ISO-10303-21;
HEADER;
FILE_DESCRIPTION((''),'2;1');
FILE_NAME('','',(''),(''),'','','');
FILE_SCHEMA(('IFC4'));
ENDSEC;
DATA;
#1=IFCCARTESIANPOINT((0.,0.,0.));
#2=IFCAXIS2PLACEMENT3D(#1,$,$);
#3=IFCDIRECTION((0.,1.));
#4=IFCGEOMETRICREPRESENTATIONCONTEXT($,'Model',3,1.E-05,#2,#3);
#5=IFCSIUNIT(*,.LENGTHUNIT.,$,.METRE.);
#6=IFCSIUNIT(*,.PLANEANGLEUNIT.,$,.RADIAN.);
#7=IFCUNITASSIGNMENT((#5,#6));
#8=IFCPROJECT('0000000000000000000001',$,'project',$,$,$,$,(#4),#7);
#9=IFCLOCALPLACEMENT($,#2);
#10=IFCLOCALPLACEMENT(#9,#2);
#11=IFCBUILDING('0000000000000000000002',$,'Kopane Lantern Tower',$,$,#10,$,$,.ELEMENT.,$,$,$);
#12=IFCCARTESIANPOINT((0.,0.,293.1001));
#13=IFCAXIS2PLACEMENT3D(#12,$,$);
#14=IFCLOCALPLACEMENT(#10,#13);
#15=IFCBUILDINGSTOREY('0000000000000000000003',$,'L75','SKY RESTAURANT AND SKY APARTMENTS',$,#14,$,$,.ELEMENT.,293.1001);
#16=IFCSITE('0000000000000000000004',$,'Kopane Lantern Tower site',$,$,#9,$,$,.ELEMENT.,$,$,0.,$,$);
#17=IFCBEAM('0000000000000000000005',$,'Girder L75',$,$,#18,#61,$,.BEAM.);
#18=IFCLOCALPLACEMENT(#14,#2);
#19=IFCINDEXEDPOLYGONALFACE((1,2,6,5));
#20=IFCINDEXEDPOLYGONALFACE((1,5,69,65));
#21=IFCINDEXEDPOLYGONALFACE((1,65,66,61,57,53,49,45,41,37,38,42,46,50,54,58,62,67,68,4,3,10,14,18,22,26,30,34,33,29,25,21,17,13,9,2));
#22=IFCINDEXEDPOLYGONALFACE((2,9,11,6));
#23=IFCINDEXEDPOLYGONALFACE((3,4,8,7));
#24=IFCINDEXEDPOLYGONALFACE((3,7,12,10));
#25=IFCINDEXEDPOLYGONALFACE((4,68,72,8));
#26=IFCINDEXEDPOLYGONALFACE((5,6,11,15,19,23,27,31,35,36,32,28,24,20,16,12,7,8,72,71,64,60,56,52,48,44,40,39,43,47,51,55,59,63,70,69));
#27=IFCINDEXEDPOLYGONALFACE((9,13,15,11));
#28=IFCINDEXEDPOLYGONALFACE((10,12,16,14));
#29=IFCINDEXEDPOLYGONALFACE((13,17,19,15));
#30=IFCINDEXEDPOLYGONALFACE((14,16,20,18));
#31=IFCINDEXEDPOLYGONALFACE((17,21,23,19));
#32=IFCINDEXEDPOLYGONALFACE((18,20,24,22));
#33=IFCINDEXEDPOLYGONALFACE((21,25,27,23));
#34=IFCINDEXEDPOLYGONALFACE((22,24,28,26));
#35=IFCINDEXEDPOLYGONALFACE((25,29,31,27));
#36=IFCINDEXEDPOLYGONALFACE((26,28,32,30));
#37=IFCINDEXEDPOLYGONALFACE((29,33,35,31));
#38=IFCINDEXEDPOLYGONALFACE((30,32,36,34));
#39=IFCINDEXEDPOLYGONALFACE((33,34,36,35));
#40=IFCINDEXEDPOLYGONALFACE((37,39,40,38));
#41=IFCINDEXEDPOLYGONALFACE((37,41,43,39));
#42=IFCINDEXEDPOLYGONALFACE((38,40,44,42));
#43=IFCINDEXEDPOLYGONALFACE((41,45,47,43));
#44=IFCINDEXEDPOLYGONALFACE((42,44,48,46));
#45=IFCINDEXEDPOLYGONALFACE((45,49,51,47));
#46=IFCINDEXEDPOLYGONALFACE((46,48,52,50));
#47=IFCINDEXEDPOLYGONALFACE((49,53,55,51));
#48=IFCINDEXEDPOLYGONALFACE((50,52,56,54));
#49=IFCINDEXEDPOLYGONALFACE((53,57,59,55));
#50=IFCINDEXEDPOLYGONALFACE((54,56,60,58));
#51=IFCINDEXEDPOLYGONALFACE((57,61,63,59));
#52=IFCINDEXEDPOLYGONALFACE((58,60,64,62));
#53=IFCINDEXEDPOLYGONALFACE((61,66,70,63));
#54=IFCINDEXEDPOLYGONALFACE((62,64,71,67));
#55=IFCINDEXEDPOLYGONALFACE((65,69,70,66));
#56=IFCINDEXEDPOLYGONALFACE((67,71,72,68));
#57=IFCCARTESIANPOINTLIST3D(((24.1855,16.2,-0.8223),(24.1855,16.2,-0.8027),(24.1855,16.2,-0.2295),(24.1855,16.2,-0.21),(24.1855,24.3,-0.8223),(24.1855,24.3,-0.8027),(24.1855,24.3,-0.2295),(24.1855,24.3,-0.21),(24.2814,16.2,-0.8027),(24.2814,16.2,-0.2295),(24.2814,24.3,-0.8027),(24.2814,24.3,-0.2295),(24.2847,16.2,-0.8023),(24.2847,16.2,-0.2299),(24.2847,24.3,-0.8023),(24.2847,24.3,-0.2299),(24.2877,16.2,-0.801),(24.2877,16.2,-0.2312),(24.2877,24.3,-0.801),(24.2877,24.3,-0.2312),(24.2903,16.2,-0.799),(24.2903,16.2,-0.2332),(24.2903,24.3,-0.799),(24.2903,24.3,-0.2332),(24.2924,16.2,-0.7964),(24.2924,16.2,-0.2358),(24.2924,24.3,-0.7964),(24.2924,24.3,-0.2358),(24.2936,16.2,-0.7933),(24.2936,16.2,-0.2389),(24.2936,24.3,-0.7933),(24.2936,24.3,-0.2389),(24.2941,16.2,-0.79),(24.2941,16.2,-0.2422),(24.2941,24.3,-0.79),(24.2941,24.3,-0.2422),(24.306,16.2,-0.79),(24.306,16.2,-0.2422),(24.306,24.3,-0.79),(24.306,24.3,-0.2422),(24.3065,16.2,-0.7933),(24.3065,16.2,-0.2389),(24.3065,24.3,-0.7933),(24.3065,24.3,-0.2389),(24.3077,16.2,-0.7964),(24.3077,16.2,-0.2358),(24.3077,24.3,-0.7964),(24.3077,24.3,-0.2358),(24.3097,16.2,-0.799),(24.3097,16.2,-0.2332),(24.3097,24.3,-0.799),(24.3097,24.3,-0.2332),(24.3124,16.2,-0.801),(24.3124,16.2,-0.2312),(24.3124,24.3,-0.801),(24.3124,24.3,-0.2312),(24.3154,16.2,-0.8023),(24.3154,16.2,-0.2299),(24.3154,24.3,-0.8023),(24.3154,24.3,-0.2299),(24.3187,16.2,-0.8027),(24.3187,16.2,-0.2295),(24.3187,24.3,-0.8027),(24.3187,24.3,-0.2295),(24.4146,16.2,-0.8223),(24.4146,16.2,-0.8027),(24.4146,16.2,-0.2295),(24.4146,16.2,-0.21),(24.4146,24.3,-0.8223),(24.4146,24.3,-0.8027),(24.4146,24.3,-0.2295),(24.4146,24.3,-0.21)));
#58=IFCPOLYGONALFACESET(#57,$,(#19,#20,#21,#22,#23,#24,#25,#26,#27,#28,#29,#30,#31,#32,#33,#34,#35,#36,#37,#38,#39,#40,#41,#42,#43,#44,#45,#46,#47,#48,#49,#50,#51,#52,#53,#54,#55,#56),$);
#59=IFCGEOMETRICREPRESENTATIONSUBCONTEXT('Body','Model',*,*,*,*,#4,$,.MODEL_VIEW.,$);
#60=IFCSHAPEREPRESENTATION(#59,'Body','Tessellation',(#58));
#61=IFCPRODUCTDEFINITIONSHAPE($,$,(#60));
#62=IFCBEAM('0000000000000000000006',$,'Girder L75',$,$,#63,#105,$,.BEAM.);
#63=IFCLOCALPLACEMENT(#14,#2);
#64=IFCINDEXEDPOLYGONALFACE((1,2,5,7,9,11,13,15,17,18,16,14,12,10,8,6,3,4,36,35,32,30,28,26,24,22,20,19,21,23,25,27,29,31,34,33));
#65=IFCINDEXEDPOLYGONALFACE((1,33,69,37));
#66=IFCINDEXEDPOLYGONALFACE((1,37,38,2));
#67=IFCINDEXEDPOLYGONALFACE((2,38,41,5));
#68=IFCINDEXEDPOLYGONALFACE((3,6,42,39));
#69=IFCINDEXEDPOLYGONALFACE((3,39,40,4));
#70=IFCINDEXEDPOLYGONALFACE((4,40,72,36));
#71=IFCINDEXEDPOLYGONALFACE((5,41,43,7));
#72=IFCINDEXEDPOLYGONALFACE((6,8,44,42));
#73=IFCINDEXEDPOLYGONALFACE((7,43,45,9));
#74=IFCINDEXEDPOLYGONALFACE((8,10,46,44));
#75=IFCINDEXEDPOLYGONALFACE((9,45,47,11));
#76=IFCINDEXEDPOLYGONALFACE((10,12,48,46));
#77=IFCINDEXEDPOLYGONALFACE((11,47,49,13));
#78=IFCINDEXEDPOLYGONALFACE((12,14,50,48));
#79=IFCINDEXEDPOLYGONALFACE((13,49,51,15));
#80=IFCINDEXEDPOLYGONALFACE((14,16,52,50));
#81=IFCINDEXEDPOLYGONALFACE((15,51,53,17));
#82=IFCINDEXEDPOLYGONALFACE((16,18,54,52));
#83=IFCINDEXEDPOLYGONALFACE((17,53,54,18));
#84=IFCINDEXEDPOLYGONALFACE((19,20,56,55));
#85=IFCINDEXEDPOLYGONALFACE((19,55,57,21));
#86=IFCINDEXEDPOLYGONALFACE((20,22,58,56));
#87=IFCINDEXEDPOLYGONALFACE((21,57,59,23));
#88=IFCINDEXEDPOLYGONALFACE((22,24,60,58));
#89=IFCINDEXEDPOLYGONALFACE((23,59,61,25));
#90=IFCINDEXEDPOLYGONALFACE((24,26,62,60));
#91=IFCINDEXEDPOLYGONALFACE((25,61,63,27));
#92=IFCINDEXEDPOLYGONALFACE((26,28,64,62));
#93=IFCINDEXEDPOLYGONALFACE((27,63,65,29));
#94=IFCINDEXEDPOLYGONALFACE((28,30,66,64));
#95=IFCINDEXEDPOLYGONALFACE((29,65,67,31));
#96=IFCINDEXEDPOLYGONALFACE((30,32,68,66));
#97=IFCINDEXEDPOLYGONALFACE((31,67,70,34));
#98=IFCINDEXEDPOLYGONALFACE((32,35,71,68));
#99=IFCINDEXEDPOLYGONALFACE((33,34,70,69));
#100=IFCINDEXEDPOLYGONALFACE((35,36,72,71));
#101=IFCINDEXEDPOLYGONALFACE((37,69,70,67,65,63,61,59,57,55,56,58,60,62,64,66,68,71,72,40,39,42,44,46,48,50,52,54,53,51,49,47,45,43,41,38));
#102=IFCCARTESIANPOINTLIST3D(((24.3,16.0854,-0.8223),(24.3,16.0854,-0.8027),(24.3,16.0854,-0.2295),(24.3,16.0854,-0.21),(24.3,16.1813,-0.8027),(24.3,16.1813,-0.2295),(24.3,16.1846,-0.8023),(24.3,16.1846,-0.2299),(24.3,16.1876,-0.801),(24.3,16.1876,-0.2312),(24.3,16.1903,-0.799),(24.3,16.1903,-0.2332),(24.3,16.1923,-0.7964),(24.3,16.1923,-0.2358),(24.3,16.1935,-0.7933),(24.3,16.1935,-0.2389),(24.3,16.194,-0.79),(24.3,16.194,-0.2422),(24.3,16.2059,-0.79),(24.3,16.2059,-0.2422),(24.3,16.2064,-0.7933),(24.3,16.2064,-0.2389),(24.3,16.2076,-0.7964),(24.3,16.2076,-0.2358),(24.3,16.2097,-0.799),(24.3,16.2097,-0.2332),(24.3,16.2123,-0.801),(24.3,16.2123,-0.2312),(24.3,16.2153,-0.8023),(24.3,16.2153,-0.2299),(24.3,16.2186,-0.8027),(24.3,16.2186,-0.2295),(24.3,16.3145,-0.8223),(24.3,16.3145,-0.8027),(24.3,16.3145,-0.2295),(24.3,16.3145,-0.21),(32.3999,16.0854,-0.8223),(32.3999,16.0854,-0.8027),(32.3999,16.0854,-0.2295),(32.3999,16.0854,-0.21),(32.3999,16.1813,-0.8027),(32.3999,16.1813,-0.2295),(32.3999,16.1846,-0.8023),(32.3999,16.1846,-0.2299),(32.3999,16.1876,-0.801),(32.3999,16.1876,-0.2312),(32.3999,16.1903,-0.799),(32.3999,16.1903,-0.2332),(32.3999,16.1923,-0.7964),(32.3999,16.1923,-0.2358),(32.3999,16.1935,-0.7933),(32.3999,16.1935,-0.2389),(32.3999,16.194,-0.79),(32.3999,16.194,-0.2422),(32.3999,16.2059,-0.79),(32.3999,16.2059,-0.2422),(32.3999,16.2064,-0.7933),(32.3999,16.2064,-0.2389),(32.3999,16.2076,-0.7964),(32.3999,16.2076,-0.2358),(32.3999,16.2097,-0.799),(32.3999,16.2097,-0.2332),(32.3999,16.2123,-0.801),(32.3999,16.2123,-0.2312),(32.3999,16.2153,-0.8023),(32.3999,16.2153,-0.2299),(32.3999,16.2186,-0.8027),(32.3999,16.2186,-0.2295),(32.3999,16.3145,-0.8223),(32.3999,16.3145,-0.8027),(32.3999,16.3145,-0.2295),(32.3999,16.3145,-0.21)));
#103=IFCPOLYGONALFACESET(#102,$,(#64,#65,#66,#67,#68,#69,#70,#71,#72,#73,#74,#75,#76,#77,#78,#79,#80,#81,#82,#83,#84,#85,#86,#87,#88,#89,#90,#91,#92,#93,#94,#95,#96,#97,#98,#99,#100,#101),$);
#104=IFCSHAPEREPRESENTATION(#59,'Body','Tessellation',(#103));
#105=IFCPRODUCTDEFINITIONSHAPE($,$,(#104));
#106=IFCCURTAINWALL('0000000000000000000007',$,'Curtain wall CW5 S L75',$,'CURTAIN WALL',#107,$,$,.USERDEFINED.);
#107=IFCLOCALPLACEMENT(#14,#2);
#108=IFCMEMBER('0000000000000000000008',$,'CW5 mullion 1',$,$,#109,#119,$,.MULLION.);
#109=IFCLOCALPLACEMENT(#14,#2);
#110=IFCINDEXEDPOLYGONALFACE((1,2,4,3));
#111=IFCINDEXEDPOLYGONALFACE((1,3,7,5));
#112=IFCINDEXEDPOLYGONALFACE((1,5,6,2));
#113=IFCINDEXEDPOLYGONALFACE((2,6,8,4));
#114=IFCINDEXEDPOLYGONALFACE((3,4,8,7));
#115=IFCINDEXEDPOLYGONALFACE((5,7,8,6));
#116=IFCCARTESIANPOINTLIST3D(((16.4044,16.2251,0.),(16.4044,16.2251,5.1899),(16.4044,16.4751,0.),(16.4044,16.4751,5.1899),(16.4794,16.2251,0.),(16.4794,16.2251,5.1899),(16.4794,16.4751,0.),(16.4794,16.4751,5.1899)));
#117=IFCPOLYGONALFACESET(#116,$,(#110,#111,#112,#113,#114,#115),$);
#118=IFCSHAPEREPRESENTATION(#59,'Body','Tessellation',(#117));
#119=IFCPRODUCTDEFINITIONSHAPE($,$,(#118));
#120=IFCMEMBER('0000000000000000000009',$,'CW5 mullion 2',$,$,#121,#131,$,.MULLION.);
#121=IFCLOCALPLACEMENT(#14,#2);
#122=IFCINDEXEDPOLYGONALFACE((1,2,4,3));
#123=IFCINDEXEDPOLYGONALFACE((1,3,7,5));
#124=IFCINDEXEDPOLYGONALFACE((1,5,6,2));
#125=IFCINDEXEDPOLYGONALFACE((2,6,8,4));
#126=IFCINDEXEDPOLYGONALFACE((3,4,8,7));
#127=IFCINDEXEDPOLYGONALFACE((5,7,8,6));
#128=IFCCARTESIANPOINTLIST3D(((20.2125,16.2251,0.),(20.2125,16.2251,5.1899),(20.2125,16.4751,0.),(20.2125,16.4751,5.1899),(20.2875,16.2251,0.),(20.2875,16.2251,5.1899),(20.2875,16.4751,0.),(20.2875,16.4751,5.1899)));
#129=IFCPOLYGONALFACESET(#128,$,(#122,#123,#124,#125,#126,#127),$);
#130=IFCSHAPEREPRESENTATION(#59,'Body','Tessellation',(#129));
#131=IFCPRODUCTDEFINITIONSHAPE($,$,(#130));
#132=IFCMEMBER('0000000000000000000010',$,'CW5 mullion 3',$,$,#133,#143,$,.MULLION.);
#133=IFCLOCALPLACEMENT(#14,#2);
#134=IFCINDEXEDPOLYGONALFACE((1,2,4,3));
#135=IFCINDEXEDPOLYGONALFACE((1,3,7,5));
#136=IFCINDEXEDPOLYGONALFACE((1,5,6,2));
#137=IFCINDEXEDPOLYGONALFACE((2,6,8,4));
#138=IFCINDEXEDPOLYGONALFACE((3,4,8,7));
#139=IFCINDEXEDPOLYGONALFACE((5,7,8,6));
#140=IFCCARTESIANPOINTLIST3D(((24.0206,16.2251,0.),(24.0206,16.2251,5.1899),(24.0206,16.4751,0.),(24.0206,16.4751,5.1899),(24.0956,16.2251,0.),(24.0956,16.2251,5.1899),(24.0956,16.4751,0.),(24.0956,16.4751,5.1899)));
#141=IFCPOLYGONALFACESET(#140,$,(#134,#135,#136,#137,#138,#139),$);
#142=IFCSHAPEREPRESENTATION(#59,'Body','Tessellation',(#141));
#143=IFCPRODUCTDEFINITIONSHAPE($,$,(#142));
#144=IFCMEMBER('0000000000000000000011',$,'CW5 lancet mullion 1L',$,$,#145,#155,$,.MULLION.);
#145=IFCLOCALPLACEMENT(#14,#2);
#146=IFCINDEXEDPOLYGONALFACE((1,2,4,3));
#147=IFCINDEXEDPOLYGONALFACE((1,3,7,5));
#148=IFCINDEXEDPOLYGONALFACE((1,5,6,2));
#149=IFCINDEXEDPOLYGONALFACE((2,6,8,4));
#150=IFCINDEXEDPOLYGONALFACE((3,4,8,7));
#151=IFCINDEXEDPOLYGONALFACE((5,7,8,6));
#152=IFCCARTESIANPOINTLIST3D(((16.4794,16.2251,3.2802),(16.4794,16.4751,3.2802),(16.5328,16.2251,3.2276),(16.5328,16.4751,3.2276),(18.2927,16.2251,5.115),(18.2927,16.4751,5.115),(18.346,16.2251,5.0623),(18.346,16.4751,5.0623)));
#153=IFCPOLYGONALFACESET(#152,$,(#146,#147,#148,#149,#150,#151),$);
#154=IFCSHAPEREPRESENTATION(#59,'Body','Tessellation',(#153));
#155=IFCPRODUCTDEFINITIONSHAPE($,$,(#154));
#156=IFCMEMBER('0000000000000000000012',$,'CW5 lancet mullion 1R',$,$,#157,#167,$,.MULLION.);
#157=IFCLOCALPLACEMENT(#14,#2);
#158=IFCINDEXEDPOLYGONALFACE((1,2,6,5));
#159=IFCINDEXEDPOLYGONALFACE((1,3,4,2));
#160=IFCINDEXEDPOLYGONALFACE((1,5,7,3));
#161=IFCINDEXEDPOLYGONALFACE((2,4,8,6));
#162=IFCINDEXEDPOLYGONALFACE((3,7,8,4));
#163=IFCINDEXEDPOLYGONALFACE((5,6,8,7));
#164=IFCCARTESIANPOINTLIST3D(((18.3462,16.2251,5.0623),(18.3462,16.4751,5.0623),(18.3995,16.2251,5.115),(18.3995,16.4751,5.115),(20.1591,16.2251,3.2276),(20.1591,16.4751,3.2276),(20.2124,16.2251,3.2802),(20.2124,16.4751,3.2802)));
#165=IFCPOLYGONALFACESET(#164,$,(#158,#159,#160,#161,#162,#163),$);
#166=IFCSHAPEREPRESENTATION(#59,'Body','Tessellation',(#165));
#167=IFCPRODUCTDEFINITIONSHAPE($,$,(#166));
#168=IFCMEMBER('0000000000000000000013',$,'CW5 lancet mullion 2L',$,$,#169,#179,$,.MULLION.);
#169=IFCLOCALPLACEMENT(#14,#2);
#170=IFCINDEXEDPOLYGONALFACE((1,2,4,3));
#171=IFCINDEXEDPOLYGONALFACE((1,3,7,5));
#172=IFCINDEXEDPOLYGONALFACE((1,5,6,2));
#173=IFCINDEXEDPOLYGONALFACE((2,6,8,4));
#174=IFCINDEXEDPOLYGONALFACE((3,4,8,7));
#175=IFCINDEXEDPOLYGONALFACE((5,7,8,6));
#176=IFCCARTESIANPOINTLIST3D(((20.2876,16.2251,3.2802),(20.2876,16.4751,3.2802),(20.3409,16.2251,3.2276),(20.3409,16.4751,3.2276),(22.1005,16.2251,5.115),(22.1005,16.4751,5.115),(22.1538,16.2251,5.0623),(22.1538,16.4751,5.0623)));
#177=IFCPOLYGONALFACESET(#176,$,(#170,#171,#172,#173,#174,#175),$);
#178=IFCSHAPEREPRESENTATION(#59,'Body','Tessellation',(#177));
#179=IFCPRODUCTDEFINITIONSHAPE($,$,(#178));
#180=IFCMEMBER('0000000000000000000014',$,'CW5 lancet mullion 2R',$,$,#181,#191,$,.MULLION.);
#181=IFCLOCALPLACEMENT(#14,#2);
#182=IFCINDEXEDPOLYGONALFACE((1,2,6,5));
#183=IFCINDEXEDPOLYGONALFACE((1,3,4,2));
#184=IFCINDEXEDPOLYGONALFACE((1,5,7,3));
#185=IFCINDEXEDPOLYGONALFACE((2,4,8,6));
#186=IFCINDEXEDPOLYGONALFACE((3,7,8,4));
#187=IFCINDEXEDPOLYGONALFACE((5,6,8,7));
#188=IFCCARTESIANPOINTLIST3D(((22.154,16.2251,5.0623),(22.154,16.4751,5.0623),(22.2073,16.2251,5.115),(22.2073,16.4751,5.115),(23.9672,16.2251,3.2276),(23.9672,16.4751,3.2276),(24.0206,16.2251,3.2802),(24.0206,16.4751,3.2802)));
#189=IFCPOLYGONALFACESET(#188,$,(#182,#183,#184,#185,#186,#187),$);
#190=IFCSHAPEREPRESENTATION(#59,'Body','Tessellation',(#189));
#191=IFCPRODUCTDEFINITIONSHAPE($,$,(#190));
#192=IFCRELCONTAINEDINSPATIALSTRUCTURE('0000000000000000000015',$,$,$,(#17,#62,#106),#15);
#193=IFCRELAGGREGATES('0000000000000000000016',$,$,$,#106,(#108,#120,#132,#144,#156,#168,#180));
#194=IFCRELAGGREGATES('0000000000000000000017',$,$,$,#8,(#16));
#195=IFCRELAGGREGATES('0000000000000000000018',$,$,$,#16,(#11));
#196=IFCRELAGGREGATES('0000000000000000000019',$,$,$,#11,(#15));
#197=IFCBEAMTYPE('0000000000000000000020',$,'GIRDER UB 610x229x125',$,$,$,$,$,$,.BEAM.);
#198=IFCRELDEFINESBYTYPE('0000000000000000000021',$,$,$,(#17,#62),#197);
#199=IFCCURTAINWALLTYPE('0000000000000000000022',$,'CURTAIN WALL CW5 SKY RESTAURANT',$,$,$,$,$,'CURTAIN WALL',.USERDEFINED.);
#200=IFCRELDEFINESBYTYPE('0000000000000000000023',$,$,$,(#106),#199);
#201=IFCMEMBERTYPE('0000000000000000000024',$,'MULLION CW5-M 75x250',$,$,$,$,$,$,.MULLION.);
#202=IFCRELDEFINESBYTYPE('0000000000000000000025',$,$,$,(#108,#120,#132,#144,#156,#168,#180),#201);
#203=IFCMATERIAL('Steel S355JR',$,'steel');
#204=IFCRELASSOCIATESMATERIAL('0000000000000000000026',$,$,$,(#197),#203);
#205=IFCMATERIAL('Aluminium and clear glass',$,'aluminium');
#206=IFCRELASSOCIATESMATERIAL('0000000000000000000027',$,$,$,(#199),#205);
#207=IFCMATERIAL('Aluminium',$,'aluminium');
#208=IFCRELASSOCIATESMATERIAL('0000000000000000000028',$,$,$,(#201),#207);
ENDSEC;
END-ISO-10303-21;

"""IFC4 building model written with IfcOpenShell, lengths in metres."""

from ifc_helpers import new_model, si_unit, direction, frame, origin, origin_2d, place, context, subcontext, project, spatial, rectangle, i_section, extrude, material, material_profile, profile_set, type_object, element, aggregate, save


model = new_model("IFC4")

# Units and contexts
model_context = context("Model", 3, precision=1e-05, world=origin(), true_north=direction((0.0, 1.0)))
body_context = subcontext(model_context, "Body", "Model", "MODEL_VIEW")
ifc_project = project(units=[si_unit("LENGTHUNIT", "METRE"), si_unit("PLANEANGLEUNIT", "RADIAN")], contexts=[model_context])

# Site, building, storey
site_placement = place(None, origin())
site = spatial("IfcSite", under=ifc_project, at=site_placement, Name="Kopane Lantern Tower site", CompositionType="ELEMENT", RefElevation=0.0)
building_placement = place(site_placement, origin())
building = spatial("IfcBuilding", under=site, at=building_placement, Name="Kopane Lantern Tower", CompositionType="ELEMENT")
storey_placement = place(building_placement, frame((0.0, 0.0, 293.1001)))
storey = spatial("IfcBuildingStorey", under=building, at=storey_placement, Name="L75", Description="SKY RESTAURANT AND SKY APARTMENTS", CompositionType="ELEMENT", Elevation=293.1001)

# Beams
ifc_material_1 = material(Name="Steel S355JR", Category="steel")
ifc_material_profile_1 = material_profile(ifc_material_1, i_section(OverallWidth=0.229, OverallDepth=0.6123, WebThickness=0.012, FlangeThickness=0.0195, FilletRadius=0.0127, at=origin_2d()), Name="UB 610x229x125")
ifc_profile_set_1 = profile_set([ifc_material_profile_1], Name="Steel S355JR")
beam_type = type_object("IfcBeamType", Name="GIRDER UB 610x229x125", PredefinedType="BEAM", material=ifc_profile_set_1)
for number, where, z_axis, x_axis, name in (
    (1, (24.3, 16.2, -0.5161), (0.0, 1.0, 0.0), (-1.0, 0.0, 0.0), "Girder L75"),
):
    element("IfcBeam", number, at=place(storey_placement, frame(where, z_axis=z_axis, x_axis=x_axis)), inside=storey, type_object=beam_type, Name=name, PredefinedType="BEAM", context=body_context, shape_type="SweptSolid", body=[
        extrude(i_section(OverallWidth=0.229, OverallDepth=0.6123, WebThickness=0.012, FlangeThickness=0.0195, FilletRadius=0.0127, at=origin_2d()), origin(), (0.0, 0.0, 1.0), 8.1001),
    ])
beam_placement = place(storey_placement, frame((24.3, 16.2, -0.5161), z_axis=(1.0, 0.0, 0.0), x_axis=(0.0, 1.0, 0.0)))
element("IfcBeam", 2, at=beam_placement, inside=storey, type_object=beam_type, Name="Girder L75", PredefinedType="BEAM", context=body_context, shape_type="SweptSolid", body=[
    extrude(i_section(OverallWidth=0.229, OverallDepth=0.6123, WebThickness=0.012, FlangeThickness=0.0195, FilletRadius=0.0127, at=origin_2d()), origin(), (0.0, 0.0, 1.0), 8.0999),
])

# Curtain wall, members
ifc_material_2 = material(Name="Aluminium and clear glass", Category="aluminium")
curtain_wall_type = type_object("IfcCurtainWallType", Name="CURTAIN WALL CW5 SKY RESTAURANT", ElementType="CURTAIN WALL", PredefinedType="USERDEFINED", material=ifc_material_2)
curtain_wall_placement = place(storey_placement, origin())
curtain_wall = element("IfcCurtainWall", 3, at=curtain_wall_placement, inside=storey, type_object=curtain_wall_type, Name="Curtain wall CW5 S L75", ObjectType="CURTAIN WALL", PredefinedType="USERDEFINED")
ifc_material_3 = material(Name="Aluminium", Category="aluminium")
ifc_material_profile_2 = material_profile(ifc_material_3, rectangle(XDim=0.075, YDim=0.25, at=origin_2d()), Name="AL 75x250")
ifc_profile_set_2 = profile_set([ifc_material_profile_2], Name="Aluminium")
member_type_1 = type_object("IfcMemberType", Name="MULLION CW5-M 75x250", PredefinedType="MULLION", material=ifc_profile_set_2)
member_1_placement = place(storey_placement, frame((16.4419, 16.3501, 0.0), z_axis=(0.0, 0.0, 1.0), x_axis=(1.0, 0.0, 0.0)))
member_1 = element("IfcMember", 4, at=member_1_placement, type_object=member_type_1, Name="CW5 mullion 1", PredefinedType="MULLION", context=body_context, shape_type="SweptSolid", body=[
    extrude(rectangle(XDim=0.075, YDim=0.25, at=origin_2d()), origin(), (0.0, 0.0, 1.0), 5.1899),
])
member_2_placement = place(storey_placement, frame((20.25, 16.3501, 0.0), z_axis=(0.0, 0.0, 1.0), x_axis=(1.0, 0.0, 0.0)))
member_2 = element("IfcMember", 5, at=member_2_placement, type_object=member_type_1, Name="CW5 mullion 2", PredefinedType="MULLION", context=body_context, shape_type="SweptSolid", body=[
    extrude(rectangle(XDim=0.075, YDim=0.25, at=origin_2d()), origin(), (0.0, 0.0, 1.0), 5.1899),
])
member_3_placement = place(storey_placement, frame((24.0581, 16.3501, 0.0), z_axis=(0.0, 0.0, 1.0), x_axis=(1.0, 0.0, 0.0)))
member_3 = element("IfcMember", 6, at=member_3_placement, type_object=member_type_1, Name="CW5 mullion 3", PredefinedType="MULLION", context=body_context, shape_type="SweptSolid", body=[
    extrude(rectangle(XDim=0.075, YDim=0.25, at=origin_2d()), origin(), (0.0, 0.0, 1.0), 5.1899),
])
member_4_placement = place(storey_placement, frame((16.5061, 16.3501, 3.2539), z_axis=(0.70293, 0.0, 0.711259), x_axis=(-0.711259, 0.0, 0.70293)))
member_4 = element("IfcMember", 7, at=member_4_placement, type_object=member_type_1, Name="CW5 lancet mullion 1L", PredefinedType="MULLION", context=body_context, shape_type="SweptSolid", body=[
    extrude(rectangle(XDim=0.075, YDim=0.25, at=origin_2d()), origin(), (0.0, 0.0, 1.0), 2.5796),
])
member_5_placement = place(storey_placement, frame((20.1858, 16.3501, 3.2539), z_axis=(-0.702882, 0.0, 0.711306), x_axis=(0.711306, 0.0, 0.702882)))
member_5 = element("IfcMember", 8, at=member_5_placement, type_object=member_type_1, Name="CW5 lancet mullion 1R", PredefinedType="MULLION", context=body_context, shape_type="SweptSolid", body=[
    extrude(rectangle(XDim=0.075, YDim=0.25, at=origin_2d()), origin(), (0.0, 0.0, 1.0), 2.5793),
])
member_6_placement = place(storey_placement, frame((20.3142, 16.3501, 3.2539), z_axis=(0.702882, 0.0, 0.711306), x_axis=(-0.711306, 0.0, 0.702882)))
member_6 = element("IfcMember", 9, at=member_6_placement, type_object=member_type_1, Name="CW5 lancet mullion 2L", PredefinedType="MULLION", context=body_context, shape_type="SweptSolid", body=[
    extrude(rectangle(XDim=0.075, YDim=0.25, at=origin_2d()), origin(), (0.0, 0.0, 1.0), 2.5793),
])
member_7_placement = place(storey_placement, frame((23.9939, 16.3501, 3.2539), z_axis=(-0.70293, 0.0, 0.711259), x_axis=(0.711259, 0.0, 0.70293)))
member_7 = element("IfcMember", 10, at=member_7_placement, type_object=member_type_1, Name="CW5 lancet mullion 2R", PredefinedType="MULLION", context=body_context, shape_type="SweptSolid", body=[
    extrude(rectangle(XDim=0.075, YDim=0.25, at=origin_2d()), origin(), (0.0, 0.0, 1.0), 2.5796),
])
aggregate(curtain_wall, [member_1, member_2, member_3, member_4, member_5, member_6, member_7])

save(model, "model.ifc")
